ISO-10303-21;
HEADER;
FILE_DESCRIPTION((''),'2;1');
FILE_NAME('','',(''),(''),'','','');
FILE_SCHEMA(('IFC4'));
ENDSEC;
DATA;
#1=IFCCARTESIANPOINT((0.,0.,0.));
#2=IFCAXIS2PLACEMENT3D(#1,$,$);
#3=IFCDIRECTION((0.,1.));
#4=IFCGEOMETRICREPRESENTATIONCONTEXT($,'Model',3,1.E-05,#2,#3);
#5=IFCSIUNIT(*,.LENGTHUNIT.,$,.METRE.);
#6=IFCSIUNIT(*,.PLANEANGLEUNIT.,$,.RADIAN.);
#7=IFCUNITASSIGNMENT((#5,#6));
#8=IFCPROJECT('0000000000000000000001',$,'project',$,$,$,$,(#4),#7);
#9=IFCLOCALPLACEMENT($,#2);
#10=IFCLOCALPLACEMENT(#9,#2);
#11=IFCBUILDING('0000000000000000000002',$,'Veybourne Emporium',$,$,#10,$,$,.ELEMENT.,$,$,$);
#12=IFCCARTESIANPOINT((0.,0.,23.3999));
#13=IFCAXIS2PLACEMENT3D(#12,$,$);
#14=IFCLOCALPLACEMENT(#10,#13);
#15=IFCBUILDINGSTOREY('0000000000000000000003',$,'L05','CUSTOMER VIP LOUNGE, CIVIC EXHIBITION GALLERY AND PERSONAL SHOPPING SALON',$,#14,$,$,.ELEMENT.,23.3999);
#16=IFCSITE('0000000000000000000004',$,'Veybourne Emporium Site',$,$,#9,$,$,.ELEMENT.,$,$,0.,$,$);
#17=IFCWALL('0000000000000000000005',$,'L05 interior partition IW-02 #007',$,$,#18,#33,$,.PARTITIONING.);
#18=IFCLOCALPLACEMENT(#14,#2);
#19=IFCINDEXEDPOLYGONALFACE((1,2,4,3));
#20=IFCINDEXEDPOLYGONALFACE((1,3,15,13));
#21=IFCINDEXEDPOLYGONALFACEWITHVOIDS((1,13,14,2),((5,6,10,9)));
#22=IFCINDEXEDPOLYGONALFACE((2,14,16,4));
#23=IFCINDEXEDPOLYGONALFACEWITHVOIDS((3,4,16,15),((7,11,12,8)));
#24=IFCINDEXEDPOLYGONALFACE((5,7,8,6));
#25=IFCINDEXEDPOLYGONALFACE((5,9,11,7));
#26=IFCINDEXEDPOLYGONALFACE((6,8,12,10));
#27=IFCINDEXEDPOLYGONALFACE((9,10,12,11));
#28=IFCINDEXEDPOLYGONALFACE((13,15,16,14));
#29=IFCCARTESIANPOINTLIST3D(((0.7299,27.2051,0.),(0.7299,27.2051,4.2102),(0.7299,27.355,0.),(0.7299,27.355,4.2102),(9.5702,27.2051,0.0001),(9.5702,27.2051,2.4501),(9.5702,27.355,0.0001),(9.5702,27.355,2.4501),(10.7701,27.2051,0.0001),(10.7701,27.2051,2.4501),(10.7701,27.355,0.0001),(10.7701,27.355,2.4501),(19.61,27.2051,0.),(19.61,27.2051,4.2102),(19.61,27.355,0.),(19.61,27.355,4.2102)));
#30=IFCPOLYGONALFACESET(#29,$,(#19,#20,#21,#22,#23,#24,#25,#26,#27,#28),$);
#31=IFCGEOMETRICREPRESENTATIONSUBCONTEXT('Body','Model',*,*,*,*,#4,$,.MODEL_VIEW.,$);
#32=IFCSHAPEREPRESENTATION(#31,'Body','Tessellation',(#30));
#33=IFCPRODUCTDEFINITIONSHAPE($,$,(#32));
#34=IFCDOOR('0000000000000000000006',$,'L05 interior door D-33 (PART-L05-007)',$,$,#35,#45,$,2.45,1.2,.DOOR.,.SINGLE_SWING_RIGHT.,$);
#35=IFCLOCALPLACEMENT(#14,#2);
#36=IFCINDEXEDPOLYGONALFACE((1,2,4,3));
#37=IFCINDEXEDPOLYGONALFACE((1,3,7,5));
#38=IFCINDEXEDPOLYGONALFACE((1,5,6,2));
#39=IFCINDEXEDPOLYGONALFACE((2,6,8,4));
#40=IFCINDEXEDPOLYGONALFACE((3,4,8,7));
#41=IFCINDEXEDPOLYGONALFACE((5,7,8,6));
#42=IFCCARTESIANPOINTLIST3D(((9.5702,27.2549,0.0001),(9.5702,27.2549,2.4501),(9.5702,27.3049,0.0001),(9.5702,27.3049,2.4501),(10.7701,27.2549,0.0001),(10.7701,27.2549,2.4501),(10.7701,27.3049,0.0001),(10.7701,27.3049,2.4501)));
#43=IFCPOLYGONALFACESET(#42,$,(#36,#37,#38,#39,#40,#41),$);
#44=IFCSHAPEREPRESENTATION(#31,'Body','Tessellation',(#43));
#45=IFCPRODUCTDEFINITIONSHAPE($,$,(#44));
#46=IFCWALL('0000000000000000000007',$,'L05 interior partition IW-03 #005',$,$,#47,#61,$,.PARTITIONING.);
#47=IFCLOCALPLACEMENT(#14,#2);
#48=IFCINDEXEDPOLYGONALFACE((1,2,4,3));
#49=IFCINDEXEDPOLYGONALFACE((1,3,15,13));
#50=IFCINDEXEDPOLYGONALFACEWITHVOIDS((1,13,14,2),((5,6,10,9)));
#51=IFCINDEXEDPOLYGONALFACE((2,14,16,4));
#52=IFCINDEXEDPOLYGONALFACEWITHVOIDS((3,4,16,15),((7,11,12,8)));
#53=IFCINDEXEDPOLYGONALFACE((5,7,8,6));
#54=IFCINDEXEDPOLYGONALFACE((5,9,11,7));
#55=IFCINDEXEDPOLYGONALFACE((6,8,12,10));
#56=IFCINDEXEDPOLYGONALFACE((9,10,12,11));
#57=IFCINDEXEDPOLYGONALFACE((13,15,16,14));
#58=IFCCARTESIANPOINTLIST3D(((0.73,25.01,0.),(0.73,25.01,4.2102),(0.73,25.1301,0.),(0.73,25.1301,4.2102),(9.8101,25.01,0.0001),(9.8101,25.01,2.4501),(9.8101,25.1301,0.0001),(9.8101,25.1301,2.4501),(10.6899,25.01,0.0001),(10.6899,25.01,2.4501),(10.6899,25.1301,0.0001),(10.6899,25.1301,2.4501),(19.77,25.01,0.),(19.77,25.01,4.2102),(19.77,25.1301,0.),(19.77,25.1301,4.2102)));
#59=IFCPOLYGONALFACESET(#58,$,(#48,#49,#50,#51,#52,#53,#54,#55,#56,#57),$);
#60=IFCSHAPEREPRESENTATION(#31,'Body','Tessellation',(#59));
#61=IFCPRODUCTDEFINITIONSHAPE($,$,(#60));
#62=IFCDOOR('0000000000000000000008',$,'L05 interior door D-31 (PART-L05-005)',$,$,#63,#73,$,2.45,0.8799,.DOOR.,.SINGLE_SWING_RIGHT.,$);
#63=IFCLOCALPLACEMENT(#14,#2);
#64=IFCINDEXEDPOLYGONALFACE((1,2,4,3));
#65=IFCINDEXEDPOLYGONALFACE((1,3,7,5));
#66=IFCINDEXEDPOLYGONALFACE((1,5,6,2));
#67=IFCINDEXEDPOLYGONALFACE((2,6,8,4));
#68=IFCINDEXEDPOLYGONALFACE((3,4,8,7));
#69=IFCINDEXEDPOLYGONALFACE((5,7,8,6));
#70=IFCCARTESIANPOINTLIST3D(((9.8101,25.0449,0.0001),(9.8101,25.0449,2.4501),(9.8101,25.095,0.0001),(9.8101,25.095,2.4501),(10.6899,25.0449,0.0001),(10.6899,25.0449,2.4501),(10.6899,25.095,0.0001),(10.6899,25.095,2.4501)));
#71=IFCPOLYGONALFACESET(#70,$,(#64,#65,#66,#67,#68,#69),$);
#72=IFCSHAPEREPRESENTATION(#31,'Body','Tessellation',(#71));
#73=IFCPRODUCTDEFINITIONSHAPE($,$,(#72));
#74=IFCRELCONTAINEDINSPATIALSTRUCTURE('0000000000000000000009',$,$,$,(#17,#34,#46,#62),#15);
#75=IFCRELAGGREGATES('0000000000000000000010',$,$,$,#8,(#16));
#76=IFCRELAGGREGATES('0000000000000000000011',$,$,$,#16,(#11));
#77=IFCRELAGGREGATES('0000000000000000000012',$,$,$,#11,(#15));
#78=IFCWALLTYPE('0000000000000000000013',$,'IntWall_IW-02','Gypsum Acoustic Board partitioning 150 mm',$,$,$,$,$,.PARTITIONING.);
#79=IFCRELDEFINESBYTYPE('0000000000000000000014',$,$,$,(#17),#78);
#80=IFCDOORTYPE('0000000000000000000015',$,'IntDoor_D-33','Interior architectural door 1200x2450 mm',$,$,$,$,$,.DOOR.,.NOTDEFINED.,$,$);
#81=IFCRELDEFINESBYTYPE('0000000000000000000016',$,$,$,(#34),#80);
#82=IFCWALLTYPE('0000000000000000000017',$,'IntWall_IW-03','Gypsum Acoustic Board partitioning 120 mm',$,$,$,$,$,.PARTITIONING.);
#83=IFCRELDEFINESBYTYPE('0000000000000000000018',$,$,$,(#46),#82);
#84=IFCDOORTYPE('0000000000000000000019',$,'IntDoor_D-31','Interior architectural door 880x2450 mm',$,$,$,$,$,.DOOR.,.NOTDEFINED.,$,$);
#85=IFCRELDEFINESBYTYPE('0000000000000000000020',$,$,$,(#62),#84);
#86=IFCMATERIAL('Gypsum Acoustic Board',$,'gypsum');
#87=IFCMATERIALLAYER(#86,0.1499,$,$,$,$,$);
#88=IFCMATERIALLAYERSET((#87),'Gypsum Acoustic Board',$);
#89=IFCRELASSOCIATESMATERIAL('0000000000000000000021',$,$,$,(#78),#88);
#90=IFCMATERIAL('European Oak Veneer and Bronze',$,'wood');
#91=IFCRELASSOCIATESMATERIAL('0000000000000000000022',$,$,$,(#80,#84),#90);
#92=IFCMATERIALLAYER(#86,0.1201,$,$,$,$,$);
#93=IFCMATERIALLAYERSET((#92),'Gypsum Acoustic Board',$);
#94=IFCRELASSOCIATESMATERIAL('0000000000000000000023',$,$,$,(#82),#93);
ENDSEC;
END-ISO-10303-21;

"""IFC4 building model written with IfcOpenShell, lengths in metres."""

from ifc_helpers import new_model, si_unit, direction, frame, frame_2d, origin, place, context, subcontext, project, spatial, rectangle, extrude, material, layer, layer_set, type_object, element, fill, save


model = new_model("IFC4")

# Units and contexts
model_context = context("Model", 3, precision=1e-05, world=origin(), true_north=direction((0.0, 1.0)))
body_context = subcontext(model_context, "Body", "Model", "MODEL_VIEW")
ifc_project = project(units=[si_unit("LENGTHUNIT", "METRE"), si_unit("PLANEANGLEUNIT", "RADIAN")], contexts=[model_context])

# Site, building, storey
site_placement = place(None, origin())
site = spatial("IfcSite", under=ifc_project, at=site_placement, Name="Veybourne Emporium Site", CompositionType="ELEMENT", RefElevation=0.0)
building_placement = place(site_placement, origin())
building = spatial("IfcBuilding", under=site, at=building_placement, Name="Veybourne Emporium", CompositionType="ELEMENT")
storey_placement = place(building_placement, frame((0.0, 0.0, 23.3999)))
storey = spatial("IfcBuildingStorey", under=building, at=storey_placement, Name="L05", Description="CUSTOMER VIP LOUNGE, CIVIC EXHIBITION GALLERY AND PERSONAL SHOPPING SALON", CompositionType="ELEMENT", Elevation=23.3999)

# Shared definitions
ifc_material_1 = material(Name="Gypsum Acoustic Board", Category="gypsum")

# Walls, openings, doors
ifc_layer_1 = layer(ifc_material_1, 0.1499)
ifc_layer_set_1 = layer_set([ifc_layer_1], Name="Gypsum Acoustic Board")
wall_type_1 = type_object("IfcWallType", Name="IntWall_IW-02", Description="Gypsum Acoustic Board partitioning 150 mm", PredefinedType="PARTITIONING", material=ifc_layer_set_1)
wall_1_placement = place(storey_placement, frame((0.73, 27.28, 0.0), z_axis=(0.0, 0.0, 1.0), x_axis=(1.0, 0.0, 0.0)))
wall_1 = element("IfcWall", 1, at=wall_1_placement, inside=storey, type_object=wall_type_1, Name="L05 interior partition IW-02 #007", PredefinedType="PARTITIONING", context=body_context, shape_type="SweptSolid", body=[
    extrude(rectangle(XDim=18.8801, YDim=0.1499, at=frame_2d((9.4399, 0.0))), origin(), (0.0, 0.0, 1.0), 4.2102),
])
opening_1_placement = place(wall_1_placement, frame((8.8401, 0.0, 0.0)))
opening_1 = element("IfcOpeningElement", 2, at=opening_1_placement, cuts=wall_1, PredefinedType="OPENING", context=body_context, shape_type="SweptSolid", body=[
    extrude(rectangle(XDim=1.2, YDim=2.45, at=frame_2d((0.6001, 1.2251))), frame((0.0, 0.095, 0.0), z_axis=(0.0, -1.0, 0.0), x_axis=(1.0, 0.0, 0.0)), (0.0, 0.0, 1.0), 0.1899),
])
ifc_material_2 = material(Name="European Oak Veneer and Bronze", Category="wood")
door_type_1 = type_object("IfcDoorType", Name="IntDoor_D-33", Description="Interior architectural door 1200x2450 mm", OperationType="NOTDEFINED", PredefinedType="DOOR", material=ifc_material_2)
door_1_placement = place(opening_1_placement, origin())
door_1 = element("IfcDoor", 3, at=door_1_placement, inside=storey, type_object=door_type_1, Name="L05 interior door D-33 (PART-L05-007)", OperationType="SINGLE_SWING_RIGHT", OverallHeight=2.45, OverallWidth=1.2, PredefinedType="DOOR", context=body_context, shape_type="SweptSolid", body=[
    extrude(rectangle(XDim=1.2, YDim=2.45, at=frame_2d((0.6001, 1.2251))), frame((0.0, 0.0249, 0.0), z_axis=(0.0, -1.0, 0.0), x_axis=(1.0, 0.0, 0.0)), (0.0, 0.0, 1.0), 0.05),
])
fill(opening_1, door_1)
ifc_layer_2 = layer(ifc_material_1, 0.1201)
ifc_layer_set_2 = layer_set([ifc_layer_2], Name="Gypsum Acoustic Board")
wall_type_2 = type_object("IfcWallType", Name="IntWall_IW-03", Description="Gypsum Acoustic Board partitioning 120 mm", PredefinedType="PARTITIONING", material=ifc_layer_set_2)
wall_2_placement = place(storey_placement, frame((0.73, 25.0701, 0.0), z_axis=(0.0, 0.0, 1.0), x_axis=(1.0, 0.0, 0.0)))
wall_2 = element("IfcWall", 4, at=wall_2_placement, inside=storey, type_object=wall_type_2, Name="L05 interior partition IW-03 #005", PredefinedType="PARTITIONING", context=body_context, shape_type="SweptSolid", body=[
    extrude(rectangle(XDim=19.04, YDim=0.1201, at=frame_2d((9.52, 0.0))), origin(), (0.0, 0.0, 1.0), 4.2102),
])
opening_2_placement = place(wall_2_placement, frame((9.0801, 0.0, 0.0)))
opening_2 = element("IfcOpeningElement", 5, at=opening_2_placement, cuts=wall_2, PredefinedType="OPENING", context=body_context, shape_type="SweptSolid", body=[
    extrude(rectangle(XDim=0.8799, YDim=2.45, at=frame_2d((0.4399, 1.2251))), frame((0.0, 0.0801, 0.0), z_axis=(0.0, -1.0, 0.0), x_axis=(1.0, 0.0, 0.0)), (0.0, 0.0, 1.0), 0.1602),
])
door_type_2 = type_object("IfcDoorType", Name="IntDoor_D-31", Description="Interior architectural door 880x2450 mm", OperationType="NOTDEFINED", PredefinedType="DOOR", material=ifc_material_2)
door_2_placement = place(opening_2_placement, origin())
door_2 = element("IfcDoor", 6, at=door_2_placement, inside=storey, type_object=door_type_2, Name="L05 interior door D-31 (PART-L05-005)", OperationType="SINGLE_SWING_RIGHT", OverallHeight=2.45, OverallWidth=0.8799, PredefinedType="DOOR", context=body_context, shape_type="SweptSolid", body=[
    extrude(rectangle(XDim=0.8799, YDim=2.45, at=frame_2d((0.4399, 1.2251))), frame((0.0, 0.0249, 0.0), z_axis=(0.0, -1.0, 0.0), x_axis=(1.0, 0.0, 0.0)), (0.0, 0.0, 1.0), 0.05),
])
fill(opening_2, door_2)

save(model, "model.ifc")
